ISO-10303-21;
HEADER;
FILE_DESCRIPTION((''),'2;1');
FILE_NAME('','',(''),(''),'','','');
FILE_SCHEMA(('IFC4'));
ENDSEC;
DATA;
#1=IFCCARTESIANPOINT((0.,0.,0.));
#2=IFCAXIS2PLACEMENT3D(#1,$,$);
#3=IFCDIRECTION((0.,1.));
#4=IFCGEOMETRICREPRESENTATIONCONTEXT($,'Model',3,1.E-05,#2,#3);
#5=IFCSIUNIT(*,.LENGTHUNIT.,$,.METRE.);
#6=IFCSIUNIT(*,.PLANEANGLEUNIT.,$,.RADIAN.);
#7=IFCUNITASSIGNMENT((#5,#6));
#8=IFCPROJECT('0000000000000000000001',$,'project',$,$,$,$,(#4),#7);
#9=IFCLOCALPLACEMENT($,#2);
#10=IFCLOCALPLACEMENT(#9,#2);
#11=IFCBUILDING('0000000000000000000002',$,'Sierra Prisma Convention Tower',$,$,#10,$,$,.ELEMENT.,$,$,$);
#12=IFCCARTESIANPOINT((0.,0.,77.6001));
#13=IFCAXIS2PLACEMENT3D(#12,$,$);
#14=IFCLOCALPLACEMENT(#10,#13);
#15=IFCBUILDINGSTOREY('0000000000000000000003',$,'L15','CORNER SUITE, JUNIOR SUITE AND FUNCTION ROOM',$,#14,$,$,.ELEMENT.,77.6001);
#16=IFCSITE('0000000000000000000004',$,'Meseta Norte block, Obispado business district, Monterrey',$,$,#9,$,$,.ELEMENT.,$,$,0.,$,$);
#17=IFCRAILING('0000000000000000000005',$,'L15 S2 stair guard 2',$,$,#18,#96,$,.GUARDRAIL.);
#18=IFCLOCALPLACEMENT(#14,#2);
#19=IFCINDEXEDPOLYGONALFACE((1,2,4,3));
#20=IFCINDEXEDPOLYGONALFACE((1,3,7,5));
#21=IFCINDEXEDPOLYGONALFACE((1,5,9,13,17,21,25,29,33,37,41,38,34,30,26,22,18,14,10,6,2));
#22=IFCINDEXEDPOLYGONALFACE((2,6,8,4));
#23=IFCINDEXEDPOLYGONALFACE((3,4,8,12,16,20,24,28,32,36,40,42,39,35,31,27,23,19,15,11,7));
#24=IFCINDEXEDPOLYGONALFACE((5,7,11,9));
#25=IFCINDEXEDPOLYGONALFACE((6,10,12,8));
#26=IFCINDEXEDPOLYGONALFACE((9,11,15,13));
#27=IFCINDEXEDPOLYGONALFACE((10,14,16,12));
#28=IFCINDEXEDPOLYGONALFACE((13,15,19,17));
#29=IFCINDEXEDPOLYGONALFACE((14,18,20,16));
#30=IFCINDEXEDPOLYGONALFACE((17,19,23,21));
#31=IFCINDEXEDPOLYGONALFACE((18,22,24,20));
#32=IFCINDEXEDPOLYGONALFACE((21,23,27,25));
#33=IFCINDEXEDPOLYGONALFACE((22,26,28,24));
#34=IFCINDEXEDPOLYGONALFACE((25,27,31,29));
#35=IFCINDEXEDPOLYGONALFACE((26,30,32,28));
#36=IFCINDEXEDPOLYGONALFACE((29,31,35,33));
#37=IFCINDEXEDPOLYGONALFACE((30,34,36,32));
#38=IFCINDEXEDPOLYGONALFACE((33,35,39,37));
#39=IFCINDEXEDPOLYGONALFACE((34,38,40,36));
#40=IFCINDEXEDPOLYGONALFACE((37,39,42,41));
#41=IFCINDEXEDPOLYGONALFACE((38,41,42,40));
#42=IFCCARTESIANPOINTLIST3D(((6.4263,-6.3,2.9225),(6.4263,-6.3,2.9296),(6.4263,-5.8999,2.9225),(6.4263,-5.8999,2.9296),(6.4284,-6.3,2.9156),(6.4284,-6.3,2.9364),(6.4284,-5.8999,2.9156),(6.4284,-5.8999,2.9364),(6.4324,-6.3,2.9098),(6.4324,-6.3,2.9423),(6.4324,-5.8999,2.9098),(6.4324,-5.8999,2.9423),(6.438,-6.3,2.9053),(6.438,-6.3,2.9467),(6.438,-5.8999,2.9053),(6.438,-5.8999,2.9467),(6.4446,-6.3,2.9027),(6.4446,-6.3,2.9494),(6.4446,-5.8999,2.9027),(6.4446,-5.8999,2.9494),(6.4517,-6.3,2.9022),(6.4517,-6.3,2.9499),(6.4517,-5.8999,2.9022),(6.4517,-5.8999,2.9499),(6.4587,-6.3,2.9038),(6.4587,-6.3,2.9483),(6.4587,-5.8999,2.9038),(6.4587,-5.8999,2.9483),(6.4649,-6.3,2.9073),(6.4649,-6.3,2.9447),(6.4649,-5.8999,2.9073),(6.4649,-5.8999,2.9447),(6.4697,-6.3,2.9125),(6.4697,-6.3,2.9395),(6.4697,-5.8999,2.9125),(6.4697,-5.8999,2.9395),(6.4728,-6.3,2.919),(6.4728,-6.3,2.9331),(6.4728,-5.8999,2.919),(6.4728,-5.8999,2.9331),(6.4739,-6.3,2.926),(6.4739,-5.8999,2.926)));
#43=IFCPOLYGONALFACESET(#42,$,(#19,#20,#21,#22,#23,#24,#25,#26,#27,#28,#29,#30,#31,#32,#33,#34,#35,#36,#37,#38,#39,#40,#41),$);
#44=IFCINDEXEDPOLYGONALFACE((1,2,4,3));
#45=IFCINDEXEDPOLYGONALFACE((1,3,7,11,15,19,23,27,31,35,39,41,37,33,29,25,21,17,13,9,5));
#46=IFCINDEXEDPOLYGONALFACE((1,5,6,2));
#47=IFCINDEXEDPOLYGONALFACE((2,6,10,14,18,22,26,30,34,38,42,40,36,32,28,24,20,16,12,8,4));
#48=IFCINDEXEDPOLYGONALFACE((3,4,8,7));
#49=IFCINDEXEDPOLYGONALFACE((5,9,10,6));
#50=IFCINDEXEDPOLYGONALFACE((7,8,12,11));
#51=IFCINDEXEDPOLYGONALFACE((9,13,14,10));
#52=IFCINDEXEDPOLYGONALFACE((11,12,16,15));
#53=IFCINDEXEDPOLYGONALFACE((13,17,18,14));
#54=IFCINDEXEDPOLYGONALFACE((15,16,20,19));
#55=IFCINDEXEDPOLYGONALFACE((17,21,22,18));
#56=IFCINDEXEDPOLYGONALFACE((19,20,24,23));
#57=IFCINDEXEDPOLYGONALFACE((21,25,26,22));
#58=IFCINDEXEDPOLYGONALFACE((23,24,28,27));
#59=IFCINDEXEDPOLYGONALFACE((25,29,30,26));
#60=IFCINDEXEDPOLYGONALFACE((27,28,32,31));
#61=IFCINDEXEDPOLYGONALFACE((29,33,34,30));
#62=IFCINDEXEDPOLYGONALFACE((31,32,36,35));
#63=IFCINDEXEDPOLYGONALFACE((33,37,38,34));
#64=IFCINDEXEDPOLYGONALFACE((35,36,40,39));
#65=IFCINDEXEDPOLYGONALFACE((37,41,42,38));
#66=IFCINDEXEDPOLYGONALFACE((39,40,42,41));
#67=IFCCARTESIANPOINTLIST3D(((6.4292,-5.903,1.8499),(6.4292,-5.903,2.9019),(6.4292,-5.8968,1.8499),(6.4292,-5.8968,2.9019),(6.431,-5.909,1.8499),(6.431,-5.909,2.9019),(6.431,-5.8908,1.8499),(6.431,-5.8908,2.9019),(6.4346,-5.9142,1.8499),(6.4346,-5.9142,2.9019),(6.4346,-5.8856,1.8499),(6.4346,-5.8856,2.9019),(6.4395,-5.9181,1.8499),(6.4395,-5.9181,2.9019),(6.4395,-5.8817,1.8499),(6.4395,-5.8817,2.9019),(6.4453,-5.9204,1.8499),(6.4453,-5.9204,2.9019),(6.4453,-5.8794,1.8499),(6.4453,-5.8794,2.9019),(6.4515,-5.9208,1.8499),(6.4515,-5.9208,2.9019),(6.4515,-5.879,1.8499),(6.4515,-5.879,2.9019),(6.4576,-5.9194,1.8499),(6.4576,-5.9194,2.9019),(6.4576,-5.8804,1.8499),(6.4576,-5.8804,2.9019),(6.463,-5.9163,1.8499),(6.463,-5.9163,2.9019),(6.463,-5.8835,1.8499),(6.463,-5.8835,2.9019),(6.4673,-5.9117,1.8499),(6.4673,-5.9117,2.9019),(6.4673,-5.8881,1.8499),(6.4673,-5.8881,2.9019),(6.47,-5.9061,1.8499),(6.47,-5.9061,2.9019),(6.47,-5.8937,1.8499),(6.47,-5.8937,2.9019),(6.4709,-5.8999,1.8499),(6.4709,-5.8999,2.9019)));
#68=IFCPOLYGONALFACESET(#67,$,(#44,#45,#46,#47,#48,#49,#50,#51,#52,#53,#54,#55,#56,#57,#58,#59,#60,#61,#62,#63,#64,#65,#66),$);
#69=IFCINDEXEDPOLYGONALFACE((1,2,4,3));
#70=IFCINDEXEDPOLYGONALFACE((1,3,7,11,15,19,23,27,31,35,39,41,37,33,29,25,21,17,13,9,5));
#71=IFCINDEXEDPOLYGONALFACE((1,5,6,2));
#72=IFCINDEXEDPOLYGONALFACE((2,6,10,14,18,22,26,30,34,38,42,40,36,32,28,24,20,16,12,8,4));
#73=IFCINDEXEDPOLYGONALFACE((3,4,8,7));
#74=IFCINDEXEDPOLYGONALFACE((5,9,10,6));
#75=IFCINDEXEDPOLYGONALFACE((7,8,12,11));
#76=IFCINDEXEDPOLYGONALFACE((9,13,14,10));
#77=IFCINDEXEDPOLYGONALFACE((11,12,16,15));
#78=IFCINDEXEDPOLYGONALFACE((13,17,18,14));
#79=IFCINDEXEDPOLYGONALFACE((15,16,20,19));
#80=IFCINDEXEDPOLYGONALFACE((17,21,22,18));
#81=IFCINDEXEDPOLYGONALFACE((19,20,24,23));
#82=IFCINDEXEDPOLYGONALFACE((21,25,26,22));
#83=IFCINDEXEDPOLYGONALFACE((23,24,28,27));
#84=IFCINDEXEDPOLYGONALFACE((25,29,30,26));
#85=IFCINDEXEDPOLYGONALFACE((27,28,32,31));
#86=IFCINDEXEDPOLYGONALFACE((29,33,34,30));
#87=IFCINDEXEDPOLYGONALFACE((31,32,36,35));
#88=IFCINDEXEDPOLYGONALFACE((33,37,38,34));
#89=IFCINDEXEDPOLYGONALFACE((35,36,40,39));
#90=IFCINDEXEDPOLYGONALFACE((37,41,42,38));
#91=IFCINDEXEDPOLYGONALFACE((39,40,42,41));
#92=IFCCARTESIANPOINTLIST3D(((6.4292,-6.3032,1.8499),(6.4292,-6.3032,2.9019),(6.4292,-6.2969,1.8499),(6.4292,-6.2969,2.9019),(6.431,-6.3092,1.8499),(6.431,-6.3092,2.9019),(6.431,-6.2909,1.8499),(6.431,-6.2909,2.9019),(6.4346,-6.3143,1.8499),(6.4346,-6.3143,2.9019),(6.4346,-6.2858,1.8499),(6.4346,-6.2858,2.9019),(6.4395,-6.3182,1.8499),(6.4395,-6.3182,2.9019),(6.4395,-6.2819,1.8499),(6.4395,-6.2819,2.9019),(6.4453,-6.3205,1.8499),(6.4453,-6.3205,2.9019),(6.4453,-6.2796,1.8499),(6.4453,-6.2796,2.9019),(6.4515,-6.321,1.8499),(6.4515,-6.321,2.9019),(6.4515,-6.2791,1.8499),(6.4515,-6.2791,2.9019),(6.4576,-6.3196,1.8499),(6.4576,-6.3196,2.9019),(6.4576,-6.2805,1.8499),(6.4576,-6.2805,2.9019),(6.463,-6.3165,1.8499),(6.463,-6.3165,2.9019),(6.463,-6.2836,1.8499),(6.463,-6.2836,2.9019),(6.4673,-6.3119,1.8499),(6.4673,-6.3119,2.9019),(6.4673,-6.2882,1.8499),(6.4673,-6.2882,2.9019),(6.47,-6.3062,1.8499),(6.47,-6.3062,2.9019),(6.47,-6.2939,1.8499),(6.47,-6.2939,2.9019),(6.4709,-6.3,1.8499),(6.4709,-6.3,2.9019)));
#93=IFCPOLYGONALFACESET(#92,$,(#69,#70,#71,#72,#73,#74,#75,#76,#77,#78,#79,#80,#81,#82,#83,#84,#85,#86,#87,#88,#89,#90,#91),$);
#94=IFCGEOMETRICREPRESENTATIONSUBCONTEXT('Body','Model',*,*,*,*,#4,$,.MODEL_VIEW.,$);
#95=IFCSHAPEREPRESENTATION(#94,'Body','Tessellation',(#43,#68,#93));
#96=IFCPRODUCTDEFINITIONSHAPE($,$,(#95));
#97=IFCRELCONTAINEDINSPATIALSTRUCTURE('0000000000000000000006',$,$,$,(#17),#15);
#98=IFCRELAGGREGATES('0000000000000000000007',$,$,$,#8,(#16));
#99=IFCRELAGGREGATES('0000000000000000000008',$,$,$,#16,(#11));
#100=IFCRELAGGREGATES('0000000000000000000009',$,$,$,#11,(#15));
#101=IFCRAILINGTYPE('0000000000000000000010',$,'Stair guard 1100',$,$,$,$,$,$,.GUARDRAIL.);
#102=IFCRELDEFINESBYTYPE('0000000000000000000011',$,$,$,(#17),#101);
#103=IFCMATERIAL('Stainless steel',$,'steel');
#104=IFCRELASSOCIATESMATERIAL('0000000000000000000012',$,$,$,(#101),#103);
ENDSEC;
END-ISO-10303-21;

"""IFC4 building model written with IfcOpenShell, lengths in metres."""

from ifc_helpers import new_model, si_unit, direction, frame, origin, origin_2d, place, context, subcontext, project, spatial, circle, extrude, material, type_object, element, save


model = new_model("IFC4")

# Units and contexts
model_context = context("Model", 3, precision=1e-05, world=origin(), true_north=direction((0.0, 1.0)))
body_context = subcontext(model_context, "Body", "Model", "MODEL_VIEW")
ifc_project = project(units=[si_unit("LENGTHUNIT", "METRE"), si_unit("PLANEANGLEUNIT", "RADIAN")], contexts=[model_context])

# Site, building, storey
site_placement = place(None, origin())
site = spatial("IfcSite", under=ifc_project, at=site_placement, Name="Meseta Norte block, Obispado business district, Monterrey", CompositionType="ELEMENT", RefElevation=0.0)
building_placement = place(site_placement, origin())
building = spatial("IfcBuilding", under=site, at=building_placement, Name="Sierra Prisma Convention Tower", CompositionType="ELEMENT")
storey_placement = place(building_placement, frame((0.0, 0.0, 77.6001)))
storey = spatial("IfcBuildingStorey", under=building, at=storey_placement, Name="L15", Description="CORNER SUITE, JUNIOR SUITE AND FUNCTION ROOM", CompositionType="ELEMENT", Elevation=77.6001)

# Railing
ifc_material_1 = material(Name="Stainless steel", Category="steel")
railing_type_1 = type_object("IfcRailingType", Name="Stair guard 1100", PredefinedType="GUARDRAIL", material=ifc_material_1)
railing_1_placement = place(storey_placement, frame((6.45, -5.8999, 1.8499)))
element("IfcRailing", 1, at=railing_1_placement, inside=storey, type_object=railing_type_1, Name="L15 S2 stair guard 2", PredefinedType="GUARDRAIL", context=body_context, shape_type="SweptSolid", body=[
    extrude(circle(Radius=0.0239, at=origin_2d()), frame((0.0, 0.0, 1.0762), z_axis=(0.0, -1.0, 0.0), x_axis=(1.0, 0.0, 0.0)), (0.0, 0.0, 1.0), 0.4001),
    extrude(circle(Radius=0.021, at=origin_2d()), origin(), (0.0, 0.0, 1.0), 1.052),
    extrude(circle(Radius=0.021, at=origin_2d()), frame((0.0, -0.4001, 0.0)), (0.0, 0.0, 1.0), 1.052),
])

save(model, "model.ifc")
